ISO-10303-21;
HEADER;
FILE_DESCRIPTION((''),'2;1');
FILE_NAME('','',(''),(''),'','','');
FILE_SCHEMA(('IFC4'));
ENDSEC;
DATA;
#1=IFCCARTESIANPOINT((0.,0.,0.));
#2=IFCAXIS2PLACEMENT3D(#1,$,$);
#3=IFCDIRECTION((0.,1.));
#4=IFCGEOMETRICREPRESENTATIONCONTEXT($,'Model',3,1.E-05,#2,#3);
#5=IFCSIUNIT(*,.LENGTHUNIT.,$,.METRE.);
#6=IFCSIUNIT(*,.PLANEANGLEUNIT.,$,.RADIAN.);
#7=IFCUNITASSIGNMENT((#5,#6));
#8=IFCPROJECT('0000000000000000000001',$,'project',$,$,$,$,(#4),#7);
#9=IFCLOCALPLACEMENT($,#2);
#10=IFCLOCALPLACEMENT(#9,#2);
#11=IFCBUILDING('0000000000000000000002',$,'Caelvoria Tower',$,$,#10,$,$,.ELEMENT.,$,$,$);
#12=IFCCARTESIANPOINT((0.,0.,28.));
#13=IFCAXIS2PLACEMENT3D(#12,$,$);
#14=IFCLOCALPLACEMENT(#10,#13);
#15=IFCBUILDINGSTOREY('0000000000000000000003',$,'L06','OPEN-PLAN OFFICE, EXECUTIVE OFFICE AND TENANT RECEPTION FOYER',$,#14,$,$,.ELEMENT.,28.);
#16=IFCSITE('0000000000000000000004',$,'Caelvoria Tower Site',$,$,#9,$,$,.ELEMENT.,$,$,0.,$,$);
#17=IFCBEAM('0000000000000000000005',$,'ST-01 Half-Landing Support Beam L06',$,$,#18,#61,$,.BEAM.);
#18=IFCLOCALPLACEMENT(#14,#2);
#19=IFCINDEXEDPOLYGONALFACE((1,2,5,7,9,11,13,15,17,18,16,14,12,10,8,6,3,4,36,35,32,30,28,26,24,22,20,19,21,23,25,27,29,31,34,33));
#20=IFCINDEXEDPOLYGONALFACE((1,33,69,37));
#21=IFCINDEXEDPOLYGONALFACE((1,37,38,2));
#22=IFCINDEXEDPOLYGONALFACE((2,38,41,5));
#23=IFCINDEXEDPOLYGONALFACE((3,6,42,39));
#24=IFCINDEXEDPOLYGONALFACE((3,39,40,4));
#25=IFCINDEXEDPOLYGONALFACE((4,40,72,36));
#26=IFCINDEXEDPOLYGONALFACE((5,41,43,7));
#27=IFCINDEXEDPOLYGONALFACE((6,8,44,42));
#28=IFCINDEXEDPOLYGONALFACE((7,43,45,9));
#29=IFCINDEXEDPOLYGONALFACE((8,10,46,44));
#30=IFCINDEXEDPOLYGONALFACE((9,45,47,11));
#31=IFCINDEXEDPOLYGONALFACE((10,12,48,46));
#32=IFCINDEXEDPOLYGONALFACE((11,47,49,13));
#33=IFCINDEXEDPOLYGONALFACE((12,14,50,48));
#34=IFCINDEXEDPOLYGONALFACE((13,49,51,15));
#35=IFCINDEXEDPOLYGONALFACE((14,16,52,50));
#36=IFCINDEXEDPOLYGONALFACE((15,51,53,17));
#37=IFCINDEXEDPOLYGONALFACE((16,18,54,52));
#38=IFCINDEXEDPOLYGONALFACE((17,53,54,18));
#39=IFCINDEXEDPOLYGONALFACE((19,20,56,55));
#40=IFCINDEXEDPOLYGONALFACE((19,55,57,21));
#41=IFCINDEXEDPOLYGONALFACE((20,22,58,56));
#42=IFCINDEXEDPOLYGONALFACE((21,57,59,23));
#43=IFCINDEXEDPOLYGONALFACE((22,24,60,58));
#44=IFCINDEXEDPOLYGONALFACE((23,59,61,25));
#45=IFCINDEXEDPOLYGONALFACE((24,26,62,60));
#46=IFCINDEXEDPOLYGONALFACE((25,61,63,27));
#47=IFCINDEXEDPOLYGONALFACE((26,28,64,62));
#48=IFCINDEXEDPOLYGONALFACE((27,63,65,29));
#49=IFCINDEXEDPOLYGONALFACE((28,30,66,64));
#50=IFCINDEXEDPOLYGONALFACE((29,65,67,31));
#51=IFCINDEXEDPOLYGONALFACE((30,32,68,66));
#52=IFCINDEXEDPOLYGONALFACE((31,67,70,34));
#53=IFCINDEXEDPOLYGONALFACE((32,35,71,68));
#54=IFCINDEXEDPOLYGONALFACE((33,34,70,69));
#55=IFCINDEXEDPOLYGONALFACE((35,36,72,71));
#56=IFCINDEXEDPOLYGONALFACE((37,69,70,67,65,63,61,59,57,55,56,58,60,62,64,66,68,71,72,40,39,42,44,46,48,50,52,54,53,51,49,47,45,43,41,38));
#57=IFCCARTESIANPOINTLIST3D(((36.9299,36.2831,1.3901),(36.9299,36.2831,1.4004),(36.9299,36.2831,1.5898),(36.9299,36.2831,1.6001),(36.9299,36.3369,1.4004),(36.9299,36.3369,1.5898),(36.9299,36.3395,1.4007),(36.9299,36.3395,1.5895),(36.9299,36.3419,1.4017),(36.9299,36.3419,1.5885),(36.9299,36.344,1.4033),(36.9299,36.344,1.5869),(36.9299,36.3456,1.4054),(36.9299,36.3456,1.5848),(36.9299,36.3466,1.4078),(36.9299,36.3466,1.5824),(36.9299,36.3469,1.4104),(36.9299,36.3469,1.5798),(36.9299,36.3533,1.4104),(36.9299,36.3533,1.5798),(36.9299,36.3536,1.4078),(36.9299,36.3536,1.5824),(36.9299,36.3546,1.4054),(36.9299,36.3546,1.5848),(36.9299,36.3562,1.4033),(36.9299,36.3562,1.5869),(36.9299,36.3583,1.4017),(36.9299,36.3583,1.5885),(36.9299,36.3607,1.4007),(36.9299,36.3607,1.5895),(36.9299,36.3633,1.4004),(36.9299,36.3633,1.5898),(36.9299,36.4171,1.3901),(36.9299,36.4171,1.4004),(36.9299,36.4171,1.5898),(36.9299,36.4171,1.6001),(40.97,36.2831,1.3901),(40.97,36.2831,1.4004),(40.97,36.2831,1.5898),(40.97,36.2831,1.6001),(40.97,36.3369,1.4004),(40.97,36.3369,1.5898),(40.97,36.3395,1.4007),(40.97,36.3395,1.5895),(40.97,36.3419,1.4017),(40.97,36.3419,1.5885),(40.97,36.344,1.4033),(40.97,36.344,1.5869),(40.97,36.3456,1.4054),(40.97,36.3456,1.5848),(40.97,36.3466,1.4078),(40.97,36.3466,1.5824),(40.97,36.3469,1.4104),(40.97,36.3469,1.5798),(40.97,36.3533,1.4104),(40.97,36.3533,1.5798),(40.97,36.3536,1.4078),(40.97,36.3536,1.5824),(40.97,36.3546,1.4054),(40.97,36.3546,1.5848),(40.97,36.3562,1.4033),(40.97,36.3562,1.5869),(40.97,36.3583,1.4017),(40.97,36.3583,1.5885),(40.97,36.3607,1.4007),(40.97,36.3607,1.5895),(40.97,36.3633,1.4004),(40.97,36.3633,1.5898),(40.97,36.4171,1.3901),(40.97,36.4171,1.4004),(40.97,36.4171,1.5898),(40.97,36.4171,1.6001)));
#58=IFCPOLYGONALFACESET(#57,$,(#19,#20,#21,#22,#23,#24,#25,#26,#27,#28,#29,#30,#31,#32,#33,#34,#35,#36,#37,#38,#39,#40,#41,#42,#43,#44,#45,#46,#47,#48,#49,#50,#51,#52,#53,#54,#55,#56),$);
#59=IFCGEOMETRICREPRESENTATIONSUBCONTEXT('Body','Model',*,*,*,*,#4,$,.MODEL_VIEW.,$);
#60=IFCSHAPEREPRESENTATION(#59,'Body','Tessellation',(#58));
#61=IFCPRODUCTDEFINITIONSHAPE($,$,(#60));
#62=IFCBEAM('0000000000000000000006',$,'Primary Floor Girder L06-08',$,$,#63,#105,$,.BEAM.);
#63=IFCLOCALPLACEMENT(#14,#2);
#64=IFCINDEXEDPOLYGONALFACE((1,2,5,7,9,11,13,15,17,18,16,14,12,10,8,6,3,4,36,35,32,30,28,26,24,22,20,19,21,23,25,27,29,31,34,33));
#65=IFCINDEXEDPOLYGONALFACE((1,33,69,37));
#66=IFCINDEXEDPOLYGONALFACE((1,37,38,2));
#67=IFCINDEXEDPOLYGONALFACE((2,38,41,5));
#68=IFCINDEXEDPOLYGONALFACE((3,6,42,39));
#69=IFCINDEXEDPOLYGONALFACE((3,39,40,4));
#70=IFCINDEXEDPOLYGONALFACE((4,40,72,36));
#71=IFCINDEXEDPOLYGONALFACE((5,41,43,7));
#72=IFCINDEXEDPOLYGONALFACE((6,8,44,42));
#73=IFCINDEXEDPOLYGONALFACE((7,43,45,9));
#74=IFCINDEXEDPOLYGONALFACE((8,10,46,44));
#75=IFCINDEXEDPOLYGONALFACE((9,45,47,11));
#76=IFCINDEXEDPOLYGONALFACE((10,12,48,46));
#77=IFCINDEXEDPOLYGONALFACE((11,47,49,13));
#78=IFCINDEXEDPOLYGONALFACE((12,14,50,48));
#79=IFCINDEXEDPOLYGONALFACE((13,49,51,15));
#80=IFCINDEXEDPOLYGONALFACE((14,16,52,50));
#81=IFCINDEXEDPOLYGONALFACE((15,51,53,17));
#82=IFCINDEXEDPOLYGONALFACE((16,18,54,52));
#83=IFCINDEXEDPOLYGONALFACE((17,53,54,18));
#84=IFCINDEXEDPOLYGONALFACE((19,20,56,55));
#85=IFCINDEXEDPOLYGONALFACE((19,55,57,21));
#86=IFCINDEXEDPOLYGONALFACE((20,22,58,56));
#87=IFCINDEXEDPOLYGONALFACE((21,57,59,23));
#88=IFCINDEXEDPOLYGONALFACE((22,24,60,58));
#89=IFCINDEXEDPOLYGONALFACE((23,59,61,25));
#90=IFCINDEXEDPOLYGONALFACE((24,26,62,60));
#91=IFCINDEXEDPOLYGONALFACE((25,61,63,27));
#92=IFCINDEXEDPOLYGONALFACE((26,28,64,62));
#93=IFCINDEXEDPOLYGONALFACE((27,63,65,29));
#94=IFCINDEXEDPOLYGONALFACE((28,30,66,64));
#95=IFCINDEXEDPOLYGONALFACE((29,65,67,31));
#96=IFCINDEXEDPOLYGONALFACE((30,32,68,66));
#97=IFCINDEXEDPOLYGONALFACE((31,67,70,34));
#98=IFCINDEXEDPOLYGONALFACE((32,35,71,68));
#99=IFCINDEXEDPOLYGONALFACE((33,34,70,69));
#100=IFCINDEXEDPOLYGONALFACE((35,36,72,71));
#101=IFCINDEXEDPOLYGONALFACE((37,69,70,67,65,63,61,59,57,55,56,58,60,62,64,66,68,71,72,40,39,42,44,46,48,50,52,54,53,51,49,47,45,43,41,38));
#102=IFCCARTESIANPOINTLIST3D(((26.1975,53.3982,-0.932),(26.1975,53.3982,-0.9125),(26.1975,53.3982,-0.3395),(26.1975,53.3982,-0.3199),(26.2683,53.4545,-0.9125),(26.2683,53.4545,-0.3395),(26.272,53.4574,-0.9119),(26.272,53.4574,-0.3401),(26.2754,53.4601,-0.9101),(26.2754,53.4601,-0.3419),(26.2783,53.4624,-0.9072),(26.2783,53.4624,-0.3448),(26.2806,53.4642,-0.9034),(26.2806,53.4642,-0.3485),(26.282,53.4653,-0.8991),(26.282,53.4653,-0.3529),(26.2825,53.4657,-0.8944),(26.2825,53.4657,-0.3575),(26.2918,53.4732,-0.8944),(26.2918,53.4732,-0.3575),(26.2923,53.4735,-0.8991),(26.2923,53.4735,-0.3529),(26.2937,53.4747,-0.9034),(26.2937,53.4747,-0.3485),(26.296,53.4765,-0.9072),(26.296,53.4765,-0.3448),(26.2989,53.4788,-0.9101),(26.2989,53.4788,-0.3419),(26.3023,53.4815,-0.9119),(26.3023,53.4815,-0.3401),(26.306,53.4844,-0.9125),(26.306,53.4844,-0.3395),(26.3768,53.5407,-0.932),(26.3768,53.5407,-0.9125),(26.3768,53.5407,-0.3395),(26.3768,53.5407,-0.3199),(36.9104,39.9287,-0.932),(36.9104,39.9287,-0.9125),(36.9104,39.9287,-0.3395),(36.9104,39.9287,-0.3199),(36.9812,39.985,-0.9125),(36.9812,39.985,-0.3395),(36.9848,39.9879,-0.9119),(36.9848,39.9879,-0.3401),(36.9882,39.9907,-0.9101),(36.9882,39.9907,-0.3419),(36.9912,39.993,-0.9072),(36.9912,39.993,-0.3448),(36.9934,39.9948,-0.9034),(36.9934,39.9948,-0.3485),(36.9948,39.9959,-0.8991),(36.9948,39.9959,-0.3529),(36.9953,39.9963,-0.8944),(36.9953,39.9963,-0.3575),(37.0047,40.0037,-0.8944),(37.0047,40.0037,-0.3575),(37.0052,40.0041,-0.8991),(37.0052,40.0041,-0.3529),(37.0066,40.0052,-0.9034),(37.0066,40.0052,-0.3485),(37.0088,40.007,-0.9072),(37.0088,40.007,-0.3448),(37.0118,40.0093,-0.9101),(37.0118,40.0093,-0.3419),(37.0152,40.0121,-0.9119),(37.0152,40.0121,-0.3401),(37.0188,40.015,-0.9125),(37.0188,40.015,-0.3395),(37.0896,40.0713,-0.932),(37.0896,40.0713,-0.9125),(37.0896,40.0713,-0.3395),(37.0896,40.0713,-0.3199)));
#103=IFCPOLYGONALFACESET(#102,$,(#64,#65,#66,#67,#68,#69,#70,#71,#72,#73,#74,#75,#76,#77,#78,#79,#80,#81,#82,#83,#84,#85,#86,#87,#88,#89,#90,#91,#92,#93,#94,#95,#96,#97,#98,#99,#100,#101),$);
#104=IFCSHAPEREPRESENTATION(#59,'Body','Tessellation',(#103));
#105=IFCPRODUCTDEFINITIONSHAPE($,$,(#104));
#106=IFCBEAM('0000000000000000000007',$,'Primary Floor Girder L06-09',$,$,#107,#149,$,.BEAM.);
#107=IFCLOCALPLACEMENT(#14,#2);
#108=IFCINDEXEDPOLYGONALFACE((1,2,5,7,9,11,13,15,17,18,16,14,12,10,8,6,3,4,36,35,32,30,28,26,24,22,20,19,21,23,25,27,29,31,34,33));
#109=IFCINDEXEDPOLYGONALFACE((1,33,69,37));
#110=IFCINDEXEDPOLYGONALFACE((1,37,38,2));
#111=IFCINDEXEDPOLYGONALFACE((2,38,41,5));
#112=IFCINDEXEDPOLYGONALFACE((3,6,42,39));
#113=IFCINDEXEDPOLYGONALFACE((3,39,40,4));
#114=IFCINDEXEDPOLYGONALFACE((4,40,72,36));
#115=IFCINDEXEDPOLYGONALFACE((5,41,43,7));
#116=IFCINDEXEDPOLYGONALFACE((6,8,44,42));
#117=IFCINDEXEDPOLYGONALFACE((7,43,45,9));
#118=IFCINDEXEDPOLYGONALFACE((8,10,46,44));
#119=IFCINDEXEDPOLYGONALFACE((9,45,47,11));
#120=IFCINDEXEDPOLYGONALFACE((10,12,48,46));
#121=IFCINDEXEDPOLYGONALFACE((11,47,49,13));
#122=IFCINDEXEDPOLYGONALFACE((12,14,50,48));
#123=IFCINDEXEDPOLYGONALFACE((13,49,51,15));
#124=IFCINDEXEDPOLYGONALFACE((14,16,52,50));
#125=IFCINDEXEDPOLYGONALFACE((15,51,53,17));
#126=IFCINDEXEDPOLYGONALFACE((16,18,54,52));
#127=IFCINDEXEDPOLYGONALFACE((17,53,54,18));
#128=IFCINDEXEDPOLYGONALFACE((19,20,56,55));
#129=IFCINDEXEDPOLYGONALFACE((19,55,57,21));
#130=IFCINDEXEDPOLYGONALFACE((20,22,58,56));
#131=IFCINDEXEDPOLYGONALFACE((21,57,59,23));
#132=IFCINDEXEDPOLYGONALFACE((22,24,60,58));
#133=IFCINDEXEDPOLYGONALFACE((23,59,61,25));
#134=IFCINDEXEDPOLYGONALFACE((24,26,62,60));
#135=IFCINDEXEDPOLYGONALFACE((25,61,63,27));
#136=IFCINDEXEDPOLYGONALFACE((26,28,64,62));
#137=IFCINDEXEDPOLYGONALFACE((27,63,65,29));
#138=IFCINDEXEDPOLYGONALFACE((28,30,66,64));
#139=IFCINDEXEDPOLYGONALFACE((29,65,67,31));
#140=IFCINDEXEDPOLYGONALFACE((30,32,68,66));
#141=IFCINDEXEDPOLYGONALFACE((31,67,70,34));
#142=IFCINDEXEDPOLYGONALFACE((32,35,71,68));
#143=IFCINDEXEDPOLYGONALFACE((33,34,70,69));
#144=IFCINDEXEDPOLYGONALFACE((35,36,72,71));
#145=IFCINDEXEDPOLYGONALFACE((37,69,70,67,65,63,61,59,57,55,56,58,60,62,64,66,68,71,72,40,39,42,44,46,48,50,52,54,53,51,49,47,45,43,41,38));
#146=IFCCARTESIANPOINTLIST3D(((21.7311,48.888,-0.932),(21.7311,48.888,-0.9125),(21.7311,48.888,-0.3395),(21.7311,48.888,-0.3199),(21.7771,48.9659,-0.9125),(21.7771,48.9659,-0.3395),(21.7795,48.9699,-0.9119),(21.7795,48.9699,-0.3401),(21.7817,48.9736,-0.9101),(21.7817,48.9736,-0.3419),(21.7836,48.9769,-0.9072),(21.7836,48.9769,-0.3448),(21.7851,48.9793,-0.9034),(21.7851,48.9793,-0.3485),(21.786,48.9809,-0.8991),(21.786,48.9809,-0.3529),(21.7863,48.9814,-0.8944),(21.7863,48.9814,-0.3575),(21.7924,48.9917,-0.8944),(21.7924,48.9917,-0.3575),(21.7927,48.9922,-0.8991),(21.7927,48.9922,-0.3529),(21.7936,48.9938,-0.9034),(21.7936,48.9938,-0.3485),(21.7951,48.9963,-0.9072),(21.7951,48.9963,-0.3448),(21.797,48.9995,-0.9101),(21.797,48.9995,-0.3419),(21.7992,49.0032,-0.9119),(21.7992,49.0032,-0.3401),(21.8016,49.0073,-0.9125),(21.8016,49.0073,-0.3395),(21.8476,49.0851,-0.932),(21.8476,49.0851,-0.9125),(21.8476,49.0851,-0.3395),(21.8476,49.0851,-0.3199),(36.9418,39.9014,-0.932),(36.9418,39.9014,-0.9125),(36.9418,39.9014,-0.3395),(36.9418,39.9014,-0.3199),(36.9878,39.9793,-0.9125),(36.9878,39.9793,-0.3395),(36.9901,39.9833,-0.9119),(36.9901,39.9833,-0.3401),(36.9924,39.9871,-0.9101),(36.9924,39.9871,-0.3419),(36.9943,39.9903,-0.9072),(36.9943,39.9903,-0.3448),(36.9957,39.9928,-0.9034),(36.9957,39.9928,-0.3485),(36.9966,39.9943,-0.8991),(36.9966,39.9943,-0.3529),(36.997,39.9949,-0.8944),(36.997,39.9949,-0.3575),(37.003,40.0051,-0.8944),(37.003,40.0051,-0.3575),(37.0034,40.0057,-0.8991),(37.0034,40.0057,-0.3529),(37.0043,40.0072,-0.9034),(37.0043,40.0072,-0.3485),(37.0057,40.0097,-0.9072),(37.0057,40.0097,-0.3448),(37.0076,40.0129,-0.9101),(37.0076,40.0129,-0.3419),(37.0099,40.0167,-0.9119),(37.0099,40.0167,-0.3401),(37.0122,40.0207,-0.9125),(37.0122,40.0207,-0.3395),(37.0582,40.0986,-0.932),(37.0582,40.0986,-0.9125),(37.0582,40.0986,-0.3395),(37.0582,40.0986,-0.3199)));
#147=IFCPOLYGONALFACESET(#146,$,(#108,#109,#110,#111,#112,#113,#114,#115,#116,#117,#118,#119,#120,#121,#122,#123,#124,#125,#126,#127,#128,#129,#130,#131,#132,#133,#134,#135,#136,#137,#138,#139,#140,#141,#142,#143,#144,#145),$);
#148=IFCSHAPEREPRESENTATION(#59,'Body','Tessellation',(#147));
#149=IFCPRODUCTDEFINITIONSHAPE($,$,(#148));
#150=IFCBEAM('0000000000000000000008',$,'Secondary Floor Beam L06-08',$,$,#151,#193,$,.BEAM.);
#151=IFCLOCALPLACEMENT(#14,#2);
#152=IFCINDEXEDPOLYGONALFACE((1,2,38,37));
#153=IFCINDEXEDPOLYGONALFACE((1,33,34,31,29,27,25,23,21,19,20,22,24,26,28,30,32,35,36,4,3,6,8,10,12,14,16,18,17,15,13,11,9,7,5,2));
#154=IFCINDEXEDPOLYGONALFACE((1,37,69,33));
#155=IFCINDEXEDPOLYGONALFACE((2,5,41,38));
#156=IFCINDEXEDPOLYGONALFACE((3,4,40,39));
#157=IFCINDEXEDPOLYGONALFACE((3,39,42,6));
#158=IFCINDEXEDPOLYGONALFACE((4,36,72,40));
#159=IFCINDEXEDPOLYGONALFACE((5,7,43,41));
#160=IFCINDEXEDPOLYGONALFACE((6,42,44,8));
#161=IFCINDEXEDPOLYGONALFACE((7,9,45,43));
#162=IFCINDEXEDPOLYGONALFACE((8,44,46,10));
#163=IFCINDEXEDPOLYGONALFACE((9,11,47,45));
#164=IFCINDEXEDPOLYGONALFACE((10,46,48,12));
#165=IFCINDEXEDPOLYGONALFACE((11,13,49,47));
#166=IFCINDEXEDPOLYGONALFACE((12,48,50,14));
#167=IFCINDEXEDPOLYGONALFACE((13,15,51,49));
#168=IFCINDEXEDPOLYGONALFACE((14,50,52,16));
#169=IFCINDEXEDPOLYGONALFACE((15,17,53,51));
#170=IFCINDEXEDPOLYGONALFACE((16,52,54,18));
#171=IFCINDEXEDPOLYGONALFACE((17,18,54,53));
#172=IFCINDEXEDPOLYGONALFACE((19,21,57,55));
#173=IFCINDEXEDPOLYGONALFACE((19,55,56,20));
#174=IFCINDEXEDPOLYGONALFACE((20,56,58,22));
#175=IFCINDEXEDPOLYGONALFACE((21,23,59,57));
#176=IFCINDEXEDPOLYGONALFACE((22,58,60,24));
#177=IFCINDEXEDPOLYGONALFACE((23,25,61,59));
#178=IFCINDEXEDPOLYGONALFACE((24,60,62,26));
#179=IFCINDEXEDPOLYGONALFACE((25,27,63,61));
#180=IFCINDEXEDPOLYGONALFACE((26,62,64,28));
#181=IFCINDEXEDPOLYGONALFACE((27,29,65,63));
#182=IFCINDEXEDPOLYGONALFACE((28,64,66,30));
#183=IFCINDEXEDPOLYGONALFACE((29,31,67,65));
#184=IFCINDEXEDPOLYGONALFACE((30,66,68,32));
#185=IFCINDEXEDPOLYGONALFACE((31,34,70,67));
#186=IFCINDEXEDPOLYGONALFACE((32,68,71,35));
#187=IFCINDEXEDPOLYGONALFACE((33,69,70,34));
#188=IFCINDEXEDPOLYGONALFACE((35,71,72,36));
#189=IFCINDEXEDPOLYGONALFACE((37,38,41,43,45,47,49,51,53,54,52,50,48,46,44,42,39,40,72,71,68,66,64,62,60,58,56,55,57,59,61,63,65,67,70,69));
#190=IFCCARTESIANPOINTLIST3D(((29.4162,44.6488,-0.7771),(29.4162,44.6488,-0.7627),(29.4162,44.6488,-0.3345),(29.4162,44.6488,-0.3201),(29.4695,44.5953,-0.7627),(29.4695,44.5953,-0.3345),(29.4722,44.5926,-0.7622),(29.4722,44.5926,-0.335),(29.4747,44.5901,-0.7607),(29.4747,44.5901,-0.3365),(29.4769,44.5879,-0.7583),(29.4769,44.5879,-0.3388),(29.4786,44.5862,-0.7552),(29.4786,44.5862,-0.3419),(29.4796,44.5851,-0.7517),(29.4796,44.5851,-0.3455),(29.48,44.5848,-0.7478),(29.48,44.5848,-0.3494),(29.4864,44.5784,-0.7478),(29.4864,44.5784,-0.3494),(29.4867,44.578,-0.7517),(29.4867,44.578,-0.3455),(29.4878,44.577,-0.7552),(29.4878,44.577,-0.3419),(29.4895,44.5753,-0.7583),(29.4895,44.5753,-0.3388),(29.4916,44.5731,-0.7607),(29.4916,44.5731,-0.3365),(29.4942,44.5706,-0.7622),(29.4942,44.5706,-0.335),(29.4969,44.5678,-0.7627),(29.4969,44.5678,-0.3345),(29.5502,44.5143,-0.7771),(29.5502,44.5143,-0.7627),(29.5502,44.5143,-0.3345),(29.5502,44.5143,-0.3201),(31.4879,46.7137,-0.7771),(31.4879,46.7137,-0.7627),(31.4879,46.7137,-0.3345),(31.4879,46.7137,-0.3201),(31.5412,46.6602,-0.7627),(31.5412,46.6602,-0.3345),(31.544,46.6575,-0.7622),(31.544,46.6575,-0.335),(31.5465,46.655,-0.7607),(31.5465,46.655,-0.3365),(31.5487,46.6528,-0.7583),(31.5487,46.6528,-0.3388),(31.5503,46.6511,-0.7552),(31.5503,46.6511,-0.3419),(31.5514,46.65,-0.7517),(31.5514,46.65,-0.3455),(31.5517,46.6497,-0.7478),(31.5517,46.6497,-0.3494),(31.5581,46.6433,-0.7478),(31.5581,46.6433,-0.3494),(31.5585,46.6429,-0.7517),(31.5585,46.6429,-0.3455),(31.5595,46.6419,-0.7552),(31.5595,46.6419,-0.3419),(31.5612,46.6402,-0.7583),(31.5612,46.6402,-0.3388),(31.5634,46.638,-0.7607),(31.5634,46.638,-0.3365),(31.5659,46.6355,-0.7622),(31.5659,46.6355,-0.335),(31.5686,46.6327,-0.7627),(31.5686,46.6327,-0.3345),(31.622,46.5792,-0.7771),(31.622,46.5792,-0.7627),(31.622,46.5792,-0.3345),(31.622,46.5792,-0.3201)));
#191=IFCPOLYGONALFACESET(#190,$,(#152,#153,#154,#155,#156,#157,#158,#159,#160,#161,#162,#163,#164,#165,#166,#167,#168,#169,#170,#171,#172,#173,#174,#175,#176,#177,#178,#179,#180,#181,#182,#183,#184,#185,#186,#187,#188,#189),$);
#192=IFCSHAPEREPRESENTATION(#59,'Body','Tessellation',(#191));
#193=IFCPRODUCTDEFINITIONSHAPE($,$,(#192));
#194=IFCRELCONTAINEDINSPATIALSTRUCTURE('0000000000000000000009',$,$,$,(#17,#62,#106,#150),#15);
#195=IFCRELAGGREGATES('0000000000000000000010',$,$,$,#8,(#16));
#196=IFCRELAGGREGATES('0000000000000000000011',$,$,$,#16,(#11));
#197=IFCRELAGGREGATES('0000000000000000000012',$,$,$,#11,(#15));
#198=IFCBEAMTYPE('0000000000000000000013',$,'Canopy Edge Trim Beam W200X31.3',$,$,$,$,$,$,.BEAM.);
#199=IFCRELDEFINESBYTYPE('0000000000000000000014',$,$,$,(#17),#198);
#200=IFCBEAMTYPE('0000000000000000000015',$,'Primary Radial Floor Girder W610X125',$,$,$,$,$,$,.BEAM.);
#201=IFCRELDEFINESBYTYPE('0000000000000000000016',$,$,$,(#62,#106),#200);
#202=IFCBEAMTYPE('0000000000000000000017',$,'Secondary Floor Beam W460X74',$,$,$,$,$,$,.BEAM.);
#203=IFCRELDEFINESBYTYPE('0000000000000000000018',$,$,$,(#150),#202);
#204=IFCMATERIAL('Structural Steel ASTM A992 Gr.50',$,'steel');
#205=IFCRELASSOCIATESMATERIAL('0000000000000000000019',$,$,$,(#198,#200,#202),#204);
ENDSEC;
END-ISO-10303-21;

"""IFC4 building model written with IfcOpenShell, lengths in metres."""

from ifc_helpers import new_model, si_unit, direction, frame, origin, origin_2d, place, context, subcontext, project, spatial, i_section, extrude, material, material_profile, profile_set, type_object, element, save


model = new_model("IFC4")

# Units and contexts
model_context = context("Model", 3, precision=1e-05, world=origin(), true_north=direction((0.0, 1.0)))
body_context = subcontext(model_context, "Body", "Model", "MODEL_VIEW")
ifc_project = project(units=[si_unit("LENGTHUNIT", "METRE"), si_unit("PLANEANGLEUNIT", "RADIAN")], contexts=[model_context])

# Site, building, storey
site_placement = place(None, origin())
site = spatial("IfcSite", under=ifc_project, at=site_placement, Name="Caelvoria Tower Site", CompositionType="ELEMENT", RefElevation=0.0)
building_placement = place(site_placement, origin())
building = spatial("IfcBuilding", under=site, at=building_placement, Name="Caelvoria Tower", CompositionType="ELEMENT")
storey_placement = place(building_placement, frame((0.0, 0.0, 28.0)))
storey = spatial("IfcBuildingStorey", under=building, at=storey_placement, Name="L06", Description="OPEN-PLAN OFFICE, EXECUTIVE OFFICE AND TENANT RECEPTION FOYER", CompositionType="ELEMENT", Elevation=28.0)

# Beams
ifc_material_1 = material(Name="Structural Steel ASTM A992 Gr.50", Category="steel")
ifc_material_profile_1 = material_profile(ifc_material_1, i_section(OverallWidth=0.134, OverallDepth=0.21, WebThickness=0.0063, FlangeThickness=0.0103, FilletRadius=0.01, at=origin_2d()), Name="Structural Steel ASTM A992 Gr.50")
ifc_profile_set_1 = profile_set([ifc_material_profile_1], Name="W200X31.3 - Structural Steel ASTM A992 Gr.50")
beam_type_1 = type_object("IfcBeamType", Name="Canopy Edge Trim Beam W200X31.3", PredefinedType="BEAM", material=ifc_profile_set_1)
beam_1_placement = place(storey_placement, frame((36.9299, 36.3501, 1.4951), z_axis=(1.0, 0.0, 0.0), x_axis=(0.0, 1.0, 0.0)))
element("IfcBeam", 1, at=beam_1_placement, inside=storey, type_object=beam_type_1, Name="ST-01 Half-Landing Support Beam L06", PredefinedType="BEAM", context=body_context, shape_type="SweptSolid", body=[
    extrude(i_section(OverallWidth=0.134, OverallDepth=0.21, WebThickness=0.0063, FlangeThickness=0.0103, FilletRadius=0.01, at=origin_2d()), origin(), (0.0, 0.0, 1.0), 4.04),
])
ifc_material_profile_2 = material_profile(ifc_material_1, i_section(OverallWidth=0.229, OverallDepth=0.6121, WebThickness=0.012, FlangeThickness=0.0195, FilletRadius=0.0181, at=origin_2d()), Name="Structural Steel ASTM A992 Gr.50")
ifc_profile_set_2 = profile_set([ifc_material_profile_2], Name="W610X125 - Structural Steel ASTM A992 Gr.50")
beam_type_2 = type_object("IfcBeamType", Name="Primary Radial Floor Girder W610X125", PredefinedType="BEAM", material=ifc_profile_set_2)
beam_2_placement = place(storey_placement, frame((37.0, 40.0, -0.626), z_axis=(-0.622471, 0.782643, 0.0), x_axis=(-0.782643, -0.622471, 0.0)))
element("IfcBeam", 2, at=beam_2_placement, inside=storey, type_object=beam_type_2, Name="Primary Floor Girder L06-08", PredefinedType="BEAM", context=body_context, shape_type="SweptSolid", body=[
    extrude(i_section(OverallWidth=0.229, OverallDepth=0.6121, WebThickness=0.012, FlangeThickness=0.0195, FilletRadius=0.0181, at=origin_2d()), origin(), (0.0, 0.0, 1.0), 17.2102),
])
beam_3_placement = place(storey_placement, frame((37.0, 40.0, -0.626), z_axis=(-0.860965, 0.508664, 0.0), x_axis=(-0.508664, -0.860965, 0.0)))
element("IfcBeam", 3, at=beam_3_placement, inside=storey, type_object=beam_type_2, Name="Primary Floor Girder L06-09", PredefinedType="BEAM", context=body_context, shape_type="SweptSolid", body=[
    extrude(i_section(OverallWidth=0.229, OverallDepth=0.6121, WebThickness=0.012, FlangeThickness=0.0195, FilletRadius=0.0181, at=origin_2d()), origin(), (0.0, 0.0, 1.0), 17.667),
])
ifc_material_profile_3 = material_profile(ifc_material_1, i_section(OverallWidth=0.1899, OverallDepth=0.457, WebThickness=0.009, FlangeThickness=0.0144, FilletRadius=0.0149, at=origin_2d()), Name="Structural Steel ASTM A992 Gr.50")
ifc_profile_set_3 = profile_set([ifc_material_profile_3], Name="W460X74 - Structural Steel ASTM A992 Gr.50")
beam_type_3 = type_object("IfcBeamType", Name="Secondary Floor Beam W460X74", PredefinedType="BEAM", material=ifc_profile_set_3)
beam_4_placement = place(storey_placement, frame((31.5549, 46.6465, -0.5486), z_axis=(-0.708274, -0.705937, 0.0), x_axis=(0.705937, -0.708274, 0.0)))
element("IfcBeam", 4, at=beam_4_placement, inside=storey, type_object=beam_type_3, Name="Secondary Floor Beam L06-08", PredefinedType="BEAM", context=body_context, shape_type="SweptSolid", body=[
    extrude(i_section(OverallWidth=0.1899, OverallDepth=0.457, WebThickness=0.009, FlangeThickness=0.0144, FilletRadius=0.0149, at=origin_2d()), origin(), (0.0, 0.0, 1.0), 2.925),
])

save(model, "model.ifc")
